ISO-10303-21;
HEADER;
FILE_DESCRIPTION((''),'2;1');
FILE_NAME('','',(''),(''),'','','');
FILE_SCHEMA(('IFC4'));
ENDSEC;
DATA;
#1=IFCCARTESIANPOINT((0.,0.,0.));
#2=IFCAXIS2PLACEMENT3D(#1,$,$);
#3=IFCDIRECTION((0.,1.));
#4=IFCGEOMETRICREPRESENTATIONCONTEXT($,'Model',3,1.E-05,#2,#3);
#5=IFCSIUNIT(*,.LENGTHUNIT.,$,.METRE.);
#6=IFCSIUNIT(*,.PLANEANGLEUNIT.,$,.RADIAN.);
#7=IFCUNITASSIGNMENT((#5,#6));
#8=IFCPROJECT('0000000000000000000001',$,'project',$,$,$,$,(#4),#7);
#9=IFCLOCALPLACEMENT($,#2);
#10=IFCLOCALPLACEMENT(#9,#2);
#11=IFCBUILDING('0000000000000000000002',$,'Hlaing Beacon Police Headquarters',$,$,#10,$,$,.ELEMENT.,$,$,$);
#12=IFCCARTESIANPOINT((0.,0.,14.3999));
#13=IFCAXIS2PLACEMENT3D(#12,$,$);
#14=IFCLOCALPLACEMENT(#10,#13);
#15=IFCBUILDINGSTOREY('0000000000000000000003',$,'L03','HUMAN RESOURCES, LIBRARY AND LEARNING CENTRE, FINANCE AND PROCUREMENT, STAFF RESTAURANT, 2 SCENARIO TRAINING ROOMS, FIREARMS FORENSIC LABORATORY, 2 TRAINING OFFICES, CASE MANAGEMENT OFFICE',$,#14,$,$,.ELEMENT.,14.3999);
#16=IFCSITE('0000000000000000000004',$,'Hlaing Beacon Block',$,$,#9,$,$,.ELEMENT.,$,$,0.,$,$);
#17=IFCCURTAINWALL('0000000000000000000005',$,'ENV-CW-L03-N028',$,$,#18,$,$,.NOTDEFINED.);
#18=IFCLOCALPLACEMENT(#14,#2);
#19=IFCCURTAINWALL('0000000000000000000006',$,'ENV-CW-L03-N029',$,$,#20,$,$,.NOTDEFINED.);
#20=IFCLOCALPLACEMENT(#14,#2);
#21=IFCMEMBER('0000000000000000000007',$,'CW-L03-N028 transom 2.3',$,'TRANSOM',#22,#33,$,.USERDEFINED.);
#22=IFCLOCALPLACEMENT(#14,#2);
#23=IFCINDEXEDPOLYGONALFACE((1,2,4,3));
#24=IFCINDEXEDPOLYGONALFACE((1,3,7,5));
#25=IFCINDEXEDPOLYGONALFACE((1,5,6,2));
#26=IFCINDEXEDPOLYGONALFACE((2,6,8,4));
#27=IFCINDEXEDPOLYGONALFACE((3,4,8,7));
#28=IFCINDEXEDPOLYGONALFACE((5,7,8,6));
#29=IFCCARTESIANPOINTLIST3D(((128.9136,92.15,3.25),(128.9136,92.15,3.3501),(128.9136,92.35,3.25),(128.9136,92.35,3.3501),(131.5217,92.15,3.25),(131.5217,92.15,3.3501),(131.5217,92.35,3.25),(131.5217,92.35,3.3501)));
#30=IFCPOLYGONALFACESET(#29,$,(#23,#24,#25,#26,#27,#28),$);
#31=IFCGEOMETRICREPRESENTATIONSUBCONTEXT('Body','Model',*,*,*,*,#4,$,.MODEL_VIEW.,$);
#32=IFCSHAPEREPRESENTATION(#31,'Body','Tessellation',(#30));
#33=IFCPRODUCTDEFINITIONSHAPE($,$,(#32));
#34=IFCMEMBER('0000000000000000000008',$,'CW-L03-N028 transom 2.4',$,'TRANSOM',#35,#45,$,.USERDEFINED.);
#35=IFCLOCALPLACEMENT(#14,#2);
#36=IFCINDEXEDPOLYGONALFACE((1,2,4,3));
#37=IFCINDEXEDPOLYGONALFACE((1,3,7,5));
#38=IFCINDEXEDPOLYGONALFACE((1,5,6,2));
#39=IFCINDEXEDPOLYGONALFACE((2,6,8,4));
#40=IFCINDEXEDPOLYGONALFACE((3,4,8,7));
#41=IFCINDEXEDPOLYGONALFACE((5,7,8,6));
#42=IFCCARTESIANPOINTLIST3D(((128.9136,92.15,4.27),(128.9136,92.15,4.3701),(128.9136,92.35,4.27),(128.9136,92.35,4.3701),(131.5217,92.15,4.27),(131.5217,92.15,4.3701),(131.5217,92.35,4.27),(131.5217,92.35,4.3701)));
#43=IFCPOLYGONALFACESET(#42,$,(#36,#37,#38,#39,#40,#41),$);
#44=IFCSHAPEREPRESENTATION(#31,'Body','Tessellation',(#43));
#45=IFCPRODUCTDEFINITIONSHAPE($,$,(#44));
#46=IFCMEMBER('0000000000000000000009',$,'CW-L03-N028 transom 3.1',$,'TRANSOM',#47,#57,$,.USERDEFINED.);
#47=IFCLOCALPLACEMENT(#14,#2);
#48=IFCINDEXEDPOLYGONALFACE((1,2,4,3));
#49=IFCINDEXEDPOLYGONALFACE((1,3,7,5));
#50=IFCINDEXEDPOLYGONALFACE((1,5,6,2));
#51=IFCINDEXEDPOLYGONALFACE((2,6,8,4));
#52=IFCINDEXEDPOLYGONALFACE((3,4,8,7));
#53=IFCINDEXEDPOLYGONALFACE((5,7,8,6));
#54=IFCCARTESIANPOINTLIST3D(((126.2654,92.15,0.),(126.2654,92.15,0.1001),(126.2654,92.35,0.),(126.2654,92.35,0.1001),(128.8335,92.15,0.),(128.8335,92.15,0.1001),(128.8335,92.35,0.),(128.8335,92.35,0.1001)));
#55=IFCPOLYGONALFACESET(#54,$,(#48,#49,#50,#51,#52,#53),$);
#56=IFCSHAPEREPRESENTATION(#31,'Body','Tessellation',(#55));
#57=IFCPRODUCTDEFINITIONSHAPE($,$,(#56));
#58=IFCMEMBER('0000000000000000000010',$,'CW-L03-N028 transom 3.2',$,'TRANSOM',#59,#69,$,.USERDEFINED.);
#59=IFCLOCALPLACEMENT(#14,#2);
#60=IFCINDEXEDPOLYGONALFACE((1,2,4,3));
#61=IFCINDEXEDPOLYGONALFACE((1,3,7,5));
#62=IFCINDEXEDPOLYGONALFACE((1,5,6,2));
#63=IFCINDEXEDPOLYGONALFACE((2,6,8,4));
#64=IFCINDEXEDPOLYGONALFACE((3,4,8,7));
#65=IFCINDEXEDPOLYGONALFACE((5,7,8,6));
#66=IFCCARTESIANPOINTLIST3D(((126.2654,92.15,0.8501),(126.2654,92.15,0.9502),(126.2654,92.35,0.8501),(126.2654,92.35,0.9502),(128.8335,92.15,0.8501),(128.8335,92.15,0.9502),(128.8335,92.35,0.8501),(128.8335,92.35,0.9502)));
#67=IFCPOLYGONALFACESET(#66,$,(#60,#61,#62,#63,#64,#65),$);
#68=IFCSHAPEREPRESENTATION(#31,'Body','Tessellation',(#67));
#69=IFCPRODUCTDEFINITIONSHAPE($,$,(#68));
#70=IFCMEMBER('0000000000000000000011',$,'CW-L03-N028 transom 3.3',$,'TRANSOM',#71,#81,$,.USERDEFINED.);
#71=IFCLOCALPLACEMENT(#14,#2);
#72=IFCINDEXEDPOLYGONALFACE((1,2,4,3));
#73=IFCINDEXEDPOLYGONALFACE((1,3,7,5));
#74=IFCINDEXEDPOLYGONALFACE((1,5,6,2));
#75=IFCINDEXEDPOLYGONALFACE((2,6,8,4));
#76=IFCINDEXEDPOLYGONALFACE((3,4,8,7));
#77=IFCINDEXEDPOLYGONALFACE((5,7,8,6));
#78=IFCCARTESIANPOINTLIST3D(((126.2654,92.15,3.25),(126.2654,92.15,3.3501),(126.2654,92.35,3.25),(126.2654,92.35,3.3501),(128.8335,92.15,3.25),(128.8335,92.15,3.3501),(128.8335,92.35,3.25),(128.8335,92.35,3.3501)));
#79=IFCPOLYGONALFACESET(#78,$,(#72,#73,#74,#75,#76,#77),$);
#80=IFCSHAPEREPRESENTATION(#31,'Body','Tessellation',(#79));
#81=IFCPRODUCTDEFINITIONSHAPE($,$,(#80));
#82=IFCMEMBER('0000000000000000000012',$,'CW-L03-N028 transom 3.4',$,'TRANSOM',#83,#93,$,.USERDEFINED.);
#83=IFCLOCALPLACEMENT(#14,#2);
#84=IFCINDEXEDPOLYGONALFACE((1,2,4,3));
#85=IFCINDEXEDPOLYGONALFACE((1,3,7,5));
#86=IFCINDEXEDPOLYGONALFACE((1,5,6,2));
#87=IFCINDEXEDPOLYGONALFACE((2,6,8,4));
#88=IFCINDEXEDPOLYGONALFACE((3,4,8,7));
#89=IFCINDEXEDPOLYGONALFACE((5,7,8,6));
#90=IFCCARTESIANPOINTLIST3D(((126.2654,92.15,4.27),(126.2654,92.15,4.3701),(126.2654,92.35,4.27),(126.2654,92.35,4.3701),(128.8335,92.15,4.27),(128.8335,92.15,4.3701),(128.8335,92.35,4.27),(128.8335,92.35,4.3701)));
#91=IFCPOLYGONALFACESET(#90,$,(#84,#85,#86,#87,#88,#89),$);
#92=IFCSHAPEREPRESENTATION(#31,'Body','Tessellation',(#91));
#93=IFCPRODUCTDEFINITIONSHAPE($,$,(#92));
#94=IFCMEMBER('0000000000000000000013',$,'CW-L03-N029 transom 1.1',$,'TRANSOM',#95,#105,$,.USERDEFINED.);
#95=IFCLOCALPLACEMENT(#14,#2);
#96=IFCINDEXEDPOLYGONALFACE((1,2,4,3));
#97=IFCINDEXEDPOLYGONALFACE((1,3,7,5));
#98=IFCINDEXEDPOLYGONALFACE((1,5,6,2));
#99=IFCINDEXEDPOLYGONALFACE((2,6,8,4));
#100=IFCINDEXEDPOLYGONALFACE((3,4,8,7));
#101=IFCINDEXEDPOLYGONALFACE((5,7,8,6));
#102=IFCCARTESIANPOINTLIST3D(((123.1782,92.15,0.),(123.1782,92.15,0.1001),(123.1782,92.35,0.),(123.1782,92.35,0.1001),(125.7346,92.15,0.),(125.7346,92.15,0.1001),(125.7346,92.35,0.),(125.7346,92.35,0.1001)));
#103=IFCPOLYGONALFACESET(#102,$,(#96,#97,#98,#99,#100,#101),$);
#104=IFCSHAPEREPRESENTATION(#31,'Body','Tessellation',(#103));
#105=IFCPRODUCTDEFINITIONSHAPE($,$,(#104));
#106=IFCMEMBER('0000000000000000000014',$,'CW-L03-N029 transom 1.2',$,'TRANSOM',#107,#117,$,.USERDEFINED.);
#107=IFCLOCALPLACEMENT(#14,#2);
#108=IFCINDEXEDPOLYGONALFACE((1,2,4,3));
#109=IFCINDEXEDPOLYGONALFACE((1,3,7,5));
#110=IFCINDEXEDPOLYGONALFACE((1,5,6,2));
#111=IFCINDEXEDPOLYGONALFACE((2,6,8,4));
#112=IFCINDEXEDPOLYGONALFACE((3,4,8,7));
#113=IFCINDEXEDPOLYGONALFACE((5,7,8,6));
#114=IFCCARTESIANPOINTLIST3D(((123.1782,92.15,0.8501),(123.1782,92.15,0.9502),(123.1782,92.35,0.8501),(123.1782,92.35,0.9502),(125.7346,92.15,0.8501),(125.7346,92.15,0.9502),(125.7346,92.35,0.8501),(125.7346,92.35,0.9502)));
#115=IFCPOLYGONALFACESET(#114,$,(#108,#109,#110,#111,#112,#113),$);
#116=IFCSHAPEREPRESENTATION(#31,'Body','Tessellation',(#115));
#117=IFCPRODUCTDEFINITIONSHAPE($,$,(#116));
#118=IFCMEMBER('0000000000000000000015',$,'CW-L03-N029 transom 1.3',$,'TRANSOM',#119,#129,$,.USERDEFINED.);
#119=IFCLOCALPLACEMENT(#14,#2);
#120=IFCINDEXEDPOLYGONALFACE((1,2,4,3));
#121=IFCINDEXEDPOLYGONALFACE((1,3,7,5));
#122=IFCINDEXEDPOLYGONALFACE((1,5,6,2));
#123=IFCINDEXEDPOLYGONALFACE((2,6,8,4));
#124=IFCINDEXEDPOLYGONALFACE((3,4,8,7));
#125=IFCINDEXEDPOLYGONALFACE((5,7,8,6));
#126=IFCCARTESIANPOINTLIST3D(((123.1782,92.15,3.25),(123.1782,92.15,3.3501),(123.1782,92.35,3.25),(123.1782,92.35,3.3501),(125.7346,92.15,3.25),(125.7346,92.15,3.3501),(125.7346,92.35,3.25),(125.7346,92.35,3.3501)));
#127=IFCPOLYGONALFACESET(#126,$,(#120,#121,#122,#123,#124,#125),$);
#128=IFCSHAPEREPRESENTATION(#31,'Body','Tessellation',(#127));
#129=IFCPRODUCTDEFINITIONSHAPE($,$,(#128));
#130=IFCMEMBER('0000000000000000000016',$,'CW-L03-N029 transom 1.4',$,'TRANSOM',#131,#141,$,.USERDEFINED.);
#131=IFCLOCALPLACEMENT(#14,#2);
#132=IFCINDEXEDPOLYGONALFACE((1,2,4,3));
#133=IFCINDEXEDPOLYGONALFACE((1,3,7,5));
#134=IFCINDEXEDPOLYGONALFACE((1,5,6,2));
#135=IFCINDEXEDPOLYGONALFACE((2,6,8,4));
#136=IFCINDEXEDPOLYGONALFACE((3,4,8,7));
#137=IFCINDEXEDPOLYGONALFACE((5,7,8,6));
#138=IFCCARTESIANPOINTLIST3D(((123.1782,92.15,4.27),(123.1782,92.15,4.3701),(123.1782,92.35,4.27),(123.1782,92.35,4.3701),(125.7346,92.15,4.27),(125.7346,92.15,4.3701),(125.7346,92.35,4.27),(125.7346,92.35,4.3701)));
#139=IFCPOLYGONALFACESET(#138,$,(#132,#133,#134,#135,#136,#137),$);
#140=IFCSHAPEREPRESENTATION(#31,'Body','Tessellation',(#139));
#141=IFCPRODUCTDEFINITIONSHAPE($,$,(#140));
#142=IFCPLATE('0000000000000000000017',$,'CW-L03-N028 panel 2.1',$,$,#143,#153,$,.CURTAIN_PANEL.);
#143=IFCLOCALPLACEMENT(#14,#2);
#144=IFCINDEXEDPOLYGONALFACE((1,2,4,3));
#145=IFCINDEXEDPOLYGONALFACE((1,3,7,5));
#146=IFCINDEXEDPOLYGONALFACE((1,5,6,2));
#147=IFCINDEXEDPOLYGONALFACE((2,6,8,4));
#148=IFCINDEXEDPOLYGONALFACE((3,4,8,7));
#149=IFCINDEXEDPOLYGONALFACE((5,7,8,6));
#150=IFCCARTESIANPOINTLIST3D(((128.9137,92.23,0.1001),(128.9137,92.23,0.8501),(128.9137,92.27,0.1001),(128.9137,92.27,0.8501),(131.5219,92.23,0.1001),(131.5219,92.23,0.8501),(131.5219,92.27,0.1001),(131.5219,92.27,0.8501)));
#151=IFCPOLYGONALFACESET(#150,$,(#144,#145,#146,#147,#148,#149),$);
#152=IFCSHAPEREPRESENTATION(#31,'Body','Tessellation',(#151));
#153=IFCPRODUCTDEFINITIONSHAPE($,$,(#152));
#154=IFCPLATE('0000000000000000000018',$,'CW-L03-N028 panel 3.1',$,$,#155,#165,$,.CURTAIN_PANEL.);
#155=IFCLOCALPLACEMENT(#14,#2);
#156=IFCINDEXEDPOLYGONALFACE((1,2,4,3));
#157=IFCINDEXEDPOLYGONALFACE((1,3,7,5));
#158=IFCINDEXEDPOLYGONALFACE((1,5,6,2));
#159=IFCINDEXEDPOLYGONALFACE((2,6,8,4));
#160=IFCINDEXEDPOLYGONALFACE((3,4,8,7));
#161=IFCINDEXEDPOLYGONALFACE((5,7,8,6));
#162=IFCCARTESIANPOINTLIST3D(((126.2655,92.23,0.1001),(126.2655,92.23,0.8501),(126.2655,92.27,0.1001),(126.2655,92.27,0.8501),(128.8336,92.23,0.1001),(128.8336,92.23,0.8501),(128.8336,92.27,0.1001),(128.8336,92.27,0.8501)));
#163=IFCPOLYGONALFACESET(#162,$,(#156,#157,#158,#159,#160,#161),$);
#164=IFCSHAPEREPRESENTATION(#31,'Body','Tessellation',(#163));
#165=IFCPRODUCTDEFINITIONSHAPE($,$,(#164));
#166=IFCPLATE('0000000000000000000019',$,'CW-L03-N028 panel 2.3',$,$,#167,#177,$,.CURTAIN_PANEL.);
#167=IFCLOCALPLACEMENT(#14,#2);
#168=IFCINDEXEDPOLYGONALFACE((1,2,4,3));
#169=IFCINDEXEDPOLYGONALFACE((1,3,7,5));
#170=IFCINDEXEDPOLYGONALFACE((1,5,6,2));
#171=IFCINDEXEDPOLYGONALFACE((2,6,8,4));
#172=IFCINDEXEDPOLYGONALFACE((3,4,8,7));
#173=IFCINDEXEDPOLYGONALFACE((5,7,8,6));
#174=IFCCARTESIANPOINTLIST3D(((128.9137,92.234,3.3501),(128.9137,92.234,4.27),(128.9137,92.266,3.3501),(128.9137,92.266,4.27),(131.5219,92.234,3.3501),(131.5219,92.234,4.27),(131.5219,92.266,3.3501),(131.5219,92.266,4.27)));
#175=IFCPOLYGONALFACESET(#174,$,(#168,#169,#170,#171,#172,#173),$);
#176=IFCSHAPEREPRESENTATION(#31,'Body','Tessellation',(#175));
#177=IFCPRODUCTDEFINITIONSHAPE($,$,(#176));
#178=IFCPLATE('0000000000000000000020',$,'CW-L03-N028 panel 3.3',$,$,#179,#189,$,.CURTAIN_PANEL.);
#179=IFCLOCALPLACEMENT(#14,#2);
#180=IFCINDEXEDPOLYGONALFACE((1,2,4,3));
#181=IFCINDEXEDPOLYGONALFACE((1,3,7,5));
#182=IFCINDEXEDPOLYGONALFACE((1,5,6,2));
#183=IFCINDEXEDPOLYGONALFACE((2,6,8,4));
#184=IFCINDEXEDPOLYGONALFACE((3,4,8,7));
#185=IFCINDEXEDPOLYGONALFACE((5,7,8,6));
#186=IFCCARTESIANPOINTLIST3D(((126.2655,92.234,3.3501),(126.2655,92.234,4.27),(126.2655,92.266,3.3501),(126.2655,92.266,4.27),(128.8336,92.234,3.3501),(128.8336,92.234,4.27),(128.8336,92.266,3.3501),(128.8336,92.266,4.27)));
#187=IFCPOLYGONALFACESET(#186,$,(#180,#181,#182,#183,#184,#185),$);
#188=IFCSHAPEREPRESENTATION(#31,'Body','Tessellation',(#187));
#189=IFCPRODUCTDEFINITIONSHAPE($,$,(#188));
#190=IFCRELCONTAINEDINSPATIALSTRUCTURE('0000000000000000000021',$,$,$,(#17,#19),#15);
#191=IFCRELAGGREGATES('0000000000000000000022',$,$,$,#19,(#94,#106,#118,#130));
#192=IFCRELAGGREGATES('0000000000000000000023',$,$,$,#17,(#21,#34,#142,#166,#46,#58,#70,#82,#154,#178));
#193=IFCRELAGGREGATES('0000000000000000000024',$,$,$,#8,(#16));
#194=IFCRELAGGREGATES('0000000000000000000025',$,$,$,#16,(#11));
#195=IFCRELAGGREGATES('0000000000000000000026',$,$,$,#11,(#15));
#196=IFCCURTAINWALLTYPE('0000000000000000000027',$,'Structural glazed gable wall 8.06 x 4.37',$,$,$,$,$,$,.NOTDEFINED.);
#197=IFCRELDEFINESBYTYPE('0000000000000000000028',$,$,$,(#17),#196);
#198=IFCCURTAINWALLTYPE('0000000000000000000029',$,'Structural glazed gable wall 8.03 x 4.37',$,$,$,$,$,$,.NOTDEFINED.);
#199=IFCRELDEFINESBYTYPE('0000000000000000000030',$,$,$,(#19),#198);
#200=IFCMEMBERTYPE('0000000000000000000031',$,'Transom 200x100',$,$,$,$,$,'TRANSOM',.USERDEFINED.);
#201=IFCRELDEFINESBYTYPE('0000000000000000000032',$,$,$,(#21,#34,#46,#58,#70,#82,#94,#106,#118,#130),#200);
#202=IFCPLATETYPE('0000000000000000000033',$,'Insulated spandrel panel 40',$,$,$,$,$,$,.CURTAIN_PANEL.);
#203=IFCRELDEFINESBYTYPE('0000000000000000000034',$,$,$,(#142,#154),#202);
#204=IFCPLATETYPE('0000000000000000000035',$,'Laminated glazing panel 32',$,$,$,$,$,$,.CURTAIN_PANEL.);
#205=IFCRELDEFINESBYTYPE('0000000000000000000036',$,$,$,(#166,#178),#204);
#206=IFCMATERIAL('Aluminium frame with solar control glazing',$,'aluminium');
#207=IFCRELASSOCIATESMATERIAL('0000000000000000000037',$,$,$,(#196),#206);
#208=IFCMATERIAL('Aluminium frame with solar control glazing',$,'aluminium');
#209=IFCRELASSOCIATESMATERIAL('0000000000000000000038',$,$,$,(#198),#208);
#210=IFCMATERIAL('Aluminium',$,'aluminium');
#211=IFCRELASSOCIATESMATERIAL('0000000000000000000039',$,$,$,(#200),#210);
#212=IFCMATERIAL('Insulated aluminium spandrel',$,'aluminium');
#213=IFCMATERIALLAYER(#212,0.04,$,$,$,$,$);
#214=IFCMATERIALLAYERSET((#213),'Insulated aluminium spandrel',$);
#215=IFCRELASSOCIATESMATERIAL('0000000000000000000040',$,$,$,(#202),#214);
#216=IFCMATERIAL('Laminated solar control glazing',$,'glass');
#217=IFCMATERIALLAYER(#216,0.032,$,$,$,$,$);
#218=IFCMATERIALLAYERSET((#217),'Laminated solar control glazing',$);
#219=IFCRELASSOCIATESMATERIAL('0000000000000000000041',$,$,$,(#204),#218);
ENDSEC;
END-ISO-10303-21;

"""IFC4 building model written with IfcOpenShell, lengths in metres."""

from ifc_helpers import new_model, si_unit, direction, frame, origin, origin_2d, place, context, subcontext, project, spatial, rectangle, extrude, material, layer, layer_set, material_profile, profile_set, type_object, element, aggregate, save


model = new_model("IFC4")

# Units and contexts
model_context = context("Model", 3, precision=1e-05, world=origin(), true_north=direction((0.0, 1.0)))
body_context = subcontext(model_context, "Body", "Model", "MODEL_VIEW")
ifc_project = project(units=[si_unit("LENGTHUNIT", "METRE"), si_unit("PLANEANGLEUNIT", "RADIAN")], contexts=[model_context])

# Site, building, storey
site_placement = place(None, origin())
site = spatial("IfcSite", under=ifc_project, at=site_placement, Name="Hlaing Beacon Block", CompositionType="ELEMENT", RefElevation=0.0)
building_placement = place(site_placement, origin())
building = spatial("IfcBuilding", under=site, at=building_placement, Name="Hlaing Beacon Police Headquarters", CompositionType="ELEMENT")
storey_placement = place(building_placement, frame((0.0, 0.0, 14.3999)))
storey = spatial("IfcBuildingStorey", under=building, at=storey_placement, Name="L03", Description="HUMAN RESOURCES, LIBRARY AND LEARNING CENTRE, FINANCE AND PROCUREMENT, STAFF RESTAURANT, 2 SCENARIO TRAINING ROOMS, FIREARMS FORENSIC LABORATORY, 2 TRAINING OFFICES, CASE MANAGEMENT OFFICE", CompositionType="ELEMENT", Elevation=14.3999)

# Curtain wall
ifc_material_1 = material(Name="Aluminium frame with solar control glazing", Category="aluminium")
curtain_wall_type_1 = type_object("IfcCurtainWallType", Name="Structural glazed gable wall 8.06 x 4.37", PredefinedType="NOTDEFINED", material=ifc_material_1)
curtain_wall_1_placement = place(storey_placement, origin())
curtain_wall_1 = element("IfcCurtainWall", 1, at=curtain_wall_1_placement, inside=storey, type_object=curtain_wall_type_1, Name="ENV-CW-L03-N028", PredefinedType="NOTDEFINED")

# Curtain wall
ifc_material_2 = material(Name="Aluminium frame with solar control glazing", Category="aluminium")
curtain_wall_type_2 = type_object("IfcCurtainWallType", Name="Structural glazed gable wall 8.03 x 4.37", PredefinedType="NOTDEFINED", material=ifc_material_2)
curtain_wall_2_placement = place(storey_placement, origin())
curtain_wall_2 = element("IfcCurtainWall", 2, at=curtain_wall_2_placement, inside=storey, type_object=curtain_wall_type_2, Name="ENV-CW-L03-N029", PredefinedType="NOTDEFINED")

# Members
ifc_material_3 = material(Name="Aluminium", Category="aluminium")
ifc_material_profile_1 = material_profile(ifc_material_3, rectangle(XDim=0.2, YDim=0.1001, at=origin_2d()), Name="Transom 200x100")
ifc_profile_set_1 = profile_set([ifc_material_profile_1], Name="Aluminium")
member_type_1 = type_object("IfcMemberType", Name="Transom 200x100", ElementType="TRANSOM", PredefinedType="USERDEFINED", material=ifc_profile_set_1)
member_1_placement = place(storey_placement, frame((131.5217, 92.25, 3.3), z_axis=(-1.0, 0.0, 0.0), x_axis=(0.0, -1.0, 0.0)))
member_1 = element("IfcMember", 3, at=member_1_placement, type_object=member_type_1, Name="CW-L03-N028 transom 2.3", ObjectType="TRANSOM", PredefinedType="USERDEFINED", context=body_context, shape_type="SweptSolid", body=[
    extrude(rectangle(XDim=0.2, YDim=0.1001, at=origin_2d()), origin(), (0.0, 0.0, 1.0), 2.6082),
])
member_2_placement = place(storey_placement, frame((131.5217, 92.25, 4.3201), z_axis=(-1.0, 0.0, 0.0), x_axis=(0.0, -1.0, 0.0)))
member_2 = element("IfcMember", 4, at=member_2_placement, type_object=member_type_1, Name="CW-L03-N028 transom 2.4", ObjectType="TRANSOM", PredefinedType="USERDEFINED", context=body_context, shape_type="SweptSolid", body=[
    extrude(rectangle(XDim=0.2, YDim=0.1001, at=origin_2d()), origin(), (0.0, 0.0, 1.0), 2.6082),
])
member_3_placement = place(storey_placement, frame((128.8335, 92.25, 0.05), z_axis=(-1.0, 0.0, 0.0), x_axis=(0.0, -1.0, 0.0)))
member_3 = element("IfcMember", 5, at=member_3_placement, type_object=member_type_1, Name="CW-L03-N028 transom 3.1", ObjectType="TRANSOM", PredefinedType="USERDEFINED", context=body_context, shape_type="SweptSolid", body=[
    extrude(rectangle(XDim=0.2, YDim=0.1001, at=origin_2d()), origin(), (0.0, 0.0, 1.0), 2.5681),
])
member_4_placement = place(storey_placement, frame((128.8335, 92.25, 0.9001), z_axis=(-1.0, 0.0, 0.0), x_axis=(0.0, -1.0, 0.0)))
member_4 = element("IfcMember", 6, at=member_4_placement, type_object=member_type_1, Name="CW-L03-N028 transom 3.2", ObjectType="TRANSOM", PredefinedType="USERDEFINED", context=body_context, shape_type="SweptSolid", body=[
    extrude(rectangle(XDim=0.2, YDim=0.1001, at=origin_2d()), origin(), (0.0, 0.0, 1.0), 2.5681),
])
member_5_placement = place(storey_placement, frame((128.8335, 92.25, 3.3), z_axis=(-1.0, 0.0, 0.0), x_axis=(0.0, -1.0, 0.0)))
member_5 = element("IfcMember", 7, at=member_5_placement, type_object=member_type_1, Name="CW-L03-N028 transom 3.3", ObjectType="TRANSOM", PredefinedType="USERDEFINED", context=body_context, shape_type="SweptSolid", body=[
    extrude(rectangle(XDim=0.2, YDim=0.1001, at=origin_2d()), origin(), (0.0, 0.0, 1.0), 2.5681),
])
member_6_placement = place(storey_placement, frame((128.8335, 92.25, 4.3201), z_axis=(-1.0, 0.0, 0.0), x_axis=(0.0, -1.0, 0.0)))
member_6 = element("IfcMember", 8, at=member_6_placement, type_object=member_type_1, Name="CW-L03-N028 transom 3.4", ObjectType="TRANSOM", PredefinedType="USERDEFINED", context=body_context, shape_type="SweptSolid", body=[
    extrude(rectangle(XDim=0.2, YDim=0.1001, at=origin_2d()), origin(), (0.0, 0.0, 1.0), 2.5681),
])
member_7_placement = place(storey_placement, frame((125.7346, 92.25, 0.05), z_axis=(-1.0, 0.0, 0.0), x_axis=(0.0, -1.0, 0.0)))
member_7 = element("IfcMember", 9, at=member_7_placement, type_object=member_type_1, Name="CW-L03-N029 transom 1.1", ObjectType="TRANSOM", PredefinedType="USERDEFINED", context=body_context, shape_type="SweptSolid", body=[
    extrude(rectangle(XDim=0.2, YDim=0.1001, at=origin_2d()), origin(), (0.0, 0.0, 1.0), 2.5564),
])
member_8_placement = place(storey_placement, frame((125.7346, 92.25, 0.9001), z_axis=(-1.0, 0.0, 0.0), x_axis=(0.0, -1.0, 0.0)))
member_8 = element("IfcMember", 10, at=member_8_placement, type_object=member_type_1, Name="CW-L03-N029 transom 1.2", ObjectType="TRANSOM", PredefinedType="USERDEFINED", context=body_context, shape_type="SweptSolid", body=[
    extrude(rectangle(XDim=0.2, YDim=0.1001, at=origin_2d()), origin(), (0.0, 0.0, 1.0), 2.5564),
])
member_9_placement = place(storey_placement, frame((125.7346, 92.25, 3.3), z_axis=(-1.0, 0.0, 0.0), x_axis=(0.0, -1.0, 0.0)))
member_9 = element("IfcMember", 11, at=member_9_placement, type_object=member_type_1, Name="CW-L03-N029 transom 1.3", ObjectType="TRANSOM", PredefinedType="USERDEFINED", context=body_context, shape_type="SweptSolid", body=[
    extrude(rectangle(XDim=0.2, YDim=0.1001, at=origin_2d()), origin(), (0.0, 0.0, 1.0), 2.5564),
])
member_10_placement = place(storey_placement, frame((125.7346, 92.25, 4.3201), z_axis=(-1.0, 0.0, 0.0), x_axis=(0.0, -1.0, 0.0)))
member_10 = element("IfcMember", 12, at=member_10_placement, type_object=member_type_1, Name="CW-L03-N029 transom 1.4", ObjectType="TRANSOM", PredefinedType="USERDEFINED", context=body_context, shape_type="SweptSolid", body=[
    extrude(rectangle(XDim=0.2, YDim=0.1001, at=origin_2d()), origin(), (0.0, 0.0, 1.0), 2.5564),
])

# Plates
ifc_material_4 = material(Name="Insulated aluminium spandrel", Category="aluminium")
ifc_layer_1 = layer(ifc_material_4, 0.04)
ifc_layer_set_1 = layer_set([ifc_layer_1], Name="Insulated aluminium spandrel")
plate_type_1 = type_object("IfcPlateType", Name="Insulated spandrel panel 40", PredefinedType="CURTAIN_PANEL", material=ifc_layer_set_1)
plate_1_placement = place(storey_placement, frame((130.2178, 92.25, 0.1001), z_axis=(0.0, 0.0, 1.0), x_axis=(-1.0, 0.0, 0.0)))
plate_1 = element("IfcPlate", 13, at=plate_1_placement, type_object=plate_type_1, Name="CW-L03-N028 panel 2.1", PredefinedType="CURTAIN_PANEL", context=body_context, shape_type="SweptSolid", body=[
    extrude(rectangle(XDim=2.6082, YDim=0.04, at=origin_2d()), origin(), (0.0, 0.0, 1.0), 0.75),
])
plate_2_placement = place(storey_placement, frame((127.5496, 92.25, 0.1001), z_axis=(0.0, 0.0, 1.0), x_axis=(-1.0, 0.0, 0.0)))
plate_2 = element("IfcPlate", 14, at=plate_2_placement, type_object=plate_type_1, Name="CW-L03-N028 panel 3.1", PredefinedType="CURTAIN_PANEL", context=body_context, shape_type="SweptSolid", body=[
    extrude(rectangle(XDim=2.5681, YDim=0.04, at=origin_2d()), origin(), (0.0, 0.0, 1.0), 0.75),
])
ifc_material_5 = material(Name="Laminated solar control glazing", Category="glass")
ifc_layer_2 = layer(ifc_material_5, 0.032)
ifc_layer_set_2 = layer_set([ifc_layer_2], Name="Laminated solar control glazing")
plate_type_2 = type_object("IfcPlateType", Name="Laminated glazing panel 32", PredefinedType="CURTAIN_PANEL", material=ifc_layer_set_2)
plate_3_placement = place(storey_placement, frame((130.2178, 92.25, 3.3501), z_axis=(0.0, 0.0, 1.0), x_axis=(-1.0, 0.0, 0.0)))
plate_3 = element("IfcPlate", 15, at=plate_3_placement, type_object=plate_type_2, Name="CW-L03-N028 panel 2.3", PredefinedType="CURTAIN_PANEL", context=body_context, shape_type="SweptSolid", body=[
    extrude(rectangle(XDim=2.6082, YDim=0.032, at=origin_2d()), origin(), (0.0, 0.0, 1.0), 0.9199),
])
plate_4_placement = place(storey_placement, frame((127.5496, 92.25, 3.3501), z_axis=(0.0, 0.0, 1.0), x_axis=(-1.0, 0.0, 0.0)))
plate_4 = element("IfcPlate", 16, at=plate_4_placement, type_object=plate_type_2, Name="CW-L03-N028 panel 3.3", PredefinedType="CURTAIN_PANEL", context=body_context, shape_type="SweptSolid", body=[
    extrude(rectangle(XDim=2.5681, YDim=0.032, at=origin_2d()), origin(), (0.0, 0.0, 1.0), 0.9199),
])
aggregate(curtain_wall_2, [member_7, member_8, member_9, member_10])
aggregate(curtain_wall_1, [member_1, member_2, plate_1, plate_3, member_3, member_4, member_5, member_6, plate_2, plate_4])

save(model, "model.ifc")
